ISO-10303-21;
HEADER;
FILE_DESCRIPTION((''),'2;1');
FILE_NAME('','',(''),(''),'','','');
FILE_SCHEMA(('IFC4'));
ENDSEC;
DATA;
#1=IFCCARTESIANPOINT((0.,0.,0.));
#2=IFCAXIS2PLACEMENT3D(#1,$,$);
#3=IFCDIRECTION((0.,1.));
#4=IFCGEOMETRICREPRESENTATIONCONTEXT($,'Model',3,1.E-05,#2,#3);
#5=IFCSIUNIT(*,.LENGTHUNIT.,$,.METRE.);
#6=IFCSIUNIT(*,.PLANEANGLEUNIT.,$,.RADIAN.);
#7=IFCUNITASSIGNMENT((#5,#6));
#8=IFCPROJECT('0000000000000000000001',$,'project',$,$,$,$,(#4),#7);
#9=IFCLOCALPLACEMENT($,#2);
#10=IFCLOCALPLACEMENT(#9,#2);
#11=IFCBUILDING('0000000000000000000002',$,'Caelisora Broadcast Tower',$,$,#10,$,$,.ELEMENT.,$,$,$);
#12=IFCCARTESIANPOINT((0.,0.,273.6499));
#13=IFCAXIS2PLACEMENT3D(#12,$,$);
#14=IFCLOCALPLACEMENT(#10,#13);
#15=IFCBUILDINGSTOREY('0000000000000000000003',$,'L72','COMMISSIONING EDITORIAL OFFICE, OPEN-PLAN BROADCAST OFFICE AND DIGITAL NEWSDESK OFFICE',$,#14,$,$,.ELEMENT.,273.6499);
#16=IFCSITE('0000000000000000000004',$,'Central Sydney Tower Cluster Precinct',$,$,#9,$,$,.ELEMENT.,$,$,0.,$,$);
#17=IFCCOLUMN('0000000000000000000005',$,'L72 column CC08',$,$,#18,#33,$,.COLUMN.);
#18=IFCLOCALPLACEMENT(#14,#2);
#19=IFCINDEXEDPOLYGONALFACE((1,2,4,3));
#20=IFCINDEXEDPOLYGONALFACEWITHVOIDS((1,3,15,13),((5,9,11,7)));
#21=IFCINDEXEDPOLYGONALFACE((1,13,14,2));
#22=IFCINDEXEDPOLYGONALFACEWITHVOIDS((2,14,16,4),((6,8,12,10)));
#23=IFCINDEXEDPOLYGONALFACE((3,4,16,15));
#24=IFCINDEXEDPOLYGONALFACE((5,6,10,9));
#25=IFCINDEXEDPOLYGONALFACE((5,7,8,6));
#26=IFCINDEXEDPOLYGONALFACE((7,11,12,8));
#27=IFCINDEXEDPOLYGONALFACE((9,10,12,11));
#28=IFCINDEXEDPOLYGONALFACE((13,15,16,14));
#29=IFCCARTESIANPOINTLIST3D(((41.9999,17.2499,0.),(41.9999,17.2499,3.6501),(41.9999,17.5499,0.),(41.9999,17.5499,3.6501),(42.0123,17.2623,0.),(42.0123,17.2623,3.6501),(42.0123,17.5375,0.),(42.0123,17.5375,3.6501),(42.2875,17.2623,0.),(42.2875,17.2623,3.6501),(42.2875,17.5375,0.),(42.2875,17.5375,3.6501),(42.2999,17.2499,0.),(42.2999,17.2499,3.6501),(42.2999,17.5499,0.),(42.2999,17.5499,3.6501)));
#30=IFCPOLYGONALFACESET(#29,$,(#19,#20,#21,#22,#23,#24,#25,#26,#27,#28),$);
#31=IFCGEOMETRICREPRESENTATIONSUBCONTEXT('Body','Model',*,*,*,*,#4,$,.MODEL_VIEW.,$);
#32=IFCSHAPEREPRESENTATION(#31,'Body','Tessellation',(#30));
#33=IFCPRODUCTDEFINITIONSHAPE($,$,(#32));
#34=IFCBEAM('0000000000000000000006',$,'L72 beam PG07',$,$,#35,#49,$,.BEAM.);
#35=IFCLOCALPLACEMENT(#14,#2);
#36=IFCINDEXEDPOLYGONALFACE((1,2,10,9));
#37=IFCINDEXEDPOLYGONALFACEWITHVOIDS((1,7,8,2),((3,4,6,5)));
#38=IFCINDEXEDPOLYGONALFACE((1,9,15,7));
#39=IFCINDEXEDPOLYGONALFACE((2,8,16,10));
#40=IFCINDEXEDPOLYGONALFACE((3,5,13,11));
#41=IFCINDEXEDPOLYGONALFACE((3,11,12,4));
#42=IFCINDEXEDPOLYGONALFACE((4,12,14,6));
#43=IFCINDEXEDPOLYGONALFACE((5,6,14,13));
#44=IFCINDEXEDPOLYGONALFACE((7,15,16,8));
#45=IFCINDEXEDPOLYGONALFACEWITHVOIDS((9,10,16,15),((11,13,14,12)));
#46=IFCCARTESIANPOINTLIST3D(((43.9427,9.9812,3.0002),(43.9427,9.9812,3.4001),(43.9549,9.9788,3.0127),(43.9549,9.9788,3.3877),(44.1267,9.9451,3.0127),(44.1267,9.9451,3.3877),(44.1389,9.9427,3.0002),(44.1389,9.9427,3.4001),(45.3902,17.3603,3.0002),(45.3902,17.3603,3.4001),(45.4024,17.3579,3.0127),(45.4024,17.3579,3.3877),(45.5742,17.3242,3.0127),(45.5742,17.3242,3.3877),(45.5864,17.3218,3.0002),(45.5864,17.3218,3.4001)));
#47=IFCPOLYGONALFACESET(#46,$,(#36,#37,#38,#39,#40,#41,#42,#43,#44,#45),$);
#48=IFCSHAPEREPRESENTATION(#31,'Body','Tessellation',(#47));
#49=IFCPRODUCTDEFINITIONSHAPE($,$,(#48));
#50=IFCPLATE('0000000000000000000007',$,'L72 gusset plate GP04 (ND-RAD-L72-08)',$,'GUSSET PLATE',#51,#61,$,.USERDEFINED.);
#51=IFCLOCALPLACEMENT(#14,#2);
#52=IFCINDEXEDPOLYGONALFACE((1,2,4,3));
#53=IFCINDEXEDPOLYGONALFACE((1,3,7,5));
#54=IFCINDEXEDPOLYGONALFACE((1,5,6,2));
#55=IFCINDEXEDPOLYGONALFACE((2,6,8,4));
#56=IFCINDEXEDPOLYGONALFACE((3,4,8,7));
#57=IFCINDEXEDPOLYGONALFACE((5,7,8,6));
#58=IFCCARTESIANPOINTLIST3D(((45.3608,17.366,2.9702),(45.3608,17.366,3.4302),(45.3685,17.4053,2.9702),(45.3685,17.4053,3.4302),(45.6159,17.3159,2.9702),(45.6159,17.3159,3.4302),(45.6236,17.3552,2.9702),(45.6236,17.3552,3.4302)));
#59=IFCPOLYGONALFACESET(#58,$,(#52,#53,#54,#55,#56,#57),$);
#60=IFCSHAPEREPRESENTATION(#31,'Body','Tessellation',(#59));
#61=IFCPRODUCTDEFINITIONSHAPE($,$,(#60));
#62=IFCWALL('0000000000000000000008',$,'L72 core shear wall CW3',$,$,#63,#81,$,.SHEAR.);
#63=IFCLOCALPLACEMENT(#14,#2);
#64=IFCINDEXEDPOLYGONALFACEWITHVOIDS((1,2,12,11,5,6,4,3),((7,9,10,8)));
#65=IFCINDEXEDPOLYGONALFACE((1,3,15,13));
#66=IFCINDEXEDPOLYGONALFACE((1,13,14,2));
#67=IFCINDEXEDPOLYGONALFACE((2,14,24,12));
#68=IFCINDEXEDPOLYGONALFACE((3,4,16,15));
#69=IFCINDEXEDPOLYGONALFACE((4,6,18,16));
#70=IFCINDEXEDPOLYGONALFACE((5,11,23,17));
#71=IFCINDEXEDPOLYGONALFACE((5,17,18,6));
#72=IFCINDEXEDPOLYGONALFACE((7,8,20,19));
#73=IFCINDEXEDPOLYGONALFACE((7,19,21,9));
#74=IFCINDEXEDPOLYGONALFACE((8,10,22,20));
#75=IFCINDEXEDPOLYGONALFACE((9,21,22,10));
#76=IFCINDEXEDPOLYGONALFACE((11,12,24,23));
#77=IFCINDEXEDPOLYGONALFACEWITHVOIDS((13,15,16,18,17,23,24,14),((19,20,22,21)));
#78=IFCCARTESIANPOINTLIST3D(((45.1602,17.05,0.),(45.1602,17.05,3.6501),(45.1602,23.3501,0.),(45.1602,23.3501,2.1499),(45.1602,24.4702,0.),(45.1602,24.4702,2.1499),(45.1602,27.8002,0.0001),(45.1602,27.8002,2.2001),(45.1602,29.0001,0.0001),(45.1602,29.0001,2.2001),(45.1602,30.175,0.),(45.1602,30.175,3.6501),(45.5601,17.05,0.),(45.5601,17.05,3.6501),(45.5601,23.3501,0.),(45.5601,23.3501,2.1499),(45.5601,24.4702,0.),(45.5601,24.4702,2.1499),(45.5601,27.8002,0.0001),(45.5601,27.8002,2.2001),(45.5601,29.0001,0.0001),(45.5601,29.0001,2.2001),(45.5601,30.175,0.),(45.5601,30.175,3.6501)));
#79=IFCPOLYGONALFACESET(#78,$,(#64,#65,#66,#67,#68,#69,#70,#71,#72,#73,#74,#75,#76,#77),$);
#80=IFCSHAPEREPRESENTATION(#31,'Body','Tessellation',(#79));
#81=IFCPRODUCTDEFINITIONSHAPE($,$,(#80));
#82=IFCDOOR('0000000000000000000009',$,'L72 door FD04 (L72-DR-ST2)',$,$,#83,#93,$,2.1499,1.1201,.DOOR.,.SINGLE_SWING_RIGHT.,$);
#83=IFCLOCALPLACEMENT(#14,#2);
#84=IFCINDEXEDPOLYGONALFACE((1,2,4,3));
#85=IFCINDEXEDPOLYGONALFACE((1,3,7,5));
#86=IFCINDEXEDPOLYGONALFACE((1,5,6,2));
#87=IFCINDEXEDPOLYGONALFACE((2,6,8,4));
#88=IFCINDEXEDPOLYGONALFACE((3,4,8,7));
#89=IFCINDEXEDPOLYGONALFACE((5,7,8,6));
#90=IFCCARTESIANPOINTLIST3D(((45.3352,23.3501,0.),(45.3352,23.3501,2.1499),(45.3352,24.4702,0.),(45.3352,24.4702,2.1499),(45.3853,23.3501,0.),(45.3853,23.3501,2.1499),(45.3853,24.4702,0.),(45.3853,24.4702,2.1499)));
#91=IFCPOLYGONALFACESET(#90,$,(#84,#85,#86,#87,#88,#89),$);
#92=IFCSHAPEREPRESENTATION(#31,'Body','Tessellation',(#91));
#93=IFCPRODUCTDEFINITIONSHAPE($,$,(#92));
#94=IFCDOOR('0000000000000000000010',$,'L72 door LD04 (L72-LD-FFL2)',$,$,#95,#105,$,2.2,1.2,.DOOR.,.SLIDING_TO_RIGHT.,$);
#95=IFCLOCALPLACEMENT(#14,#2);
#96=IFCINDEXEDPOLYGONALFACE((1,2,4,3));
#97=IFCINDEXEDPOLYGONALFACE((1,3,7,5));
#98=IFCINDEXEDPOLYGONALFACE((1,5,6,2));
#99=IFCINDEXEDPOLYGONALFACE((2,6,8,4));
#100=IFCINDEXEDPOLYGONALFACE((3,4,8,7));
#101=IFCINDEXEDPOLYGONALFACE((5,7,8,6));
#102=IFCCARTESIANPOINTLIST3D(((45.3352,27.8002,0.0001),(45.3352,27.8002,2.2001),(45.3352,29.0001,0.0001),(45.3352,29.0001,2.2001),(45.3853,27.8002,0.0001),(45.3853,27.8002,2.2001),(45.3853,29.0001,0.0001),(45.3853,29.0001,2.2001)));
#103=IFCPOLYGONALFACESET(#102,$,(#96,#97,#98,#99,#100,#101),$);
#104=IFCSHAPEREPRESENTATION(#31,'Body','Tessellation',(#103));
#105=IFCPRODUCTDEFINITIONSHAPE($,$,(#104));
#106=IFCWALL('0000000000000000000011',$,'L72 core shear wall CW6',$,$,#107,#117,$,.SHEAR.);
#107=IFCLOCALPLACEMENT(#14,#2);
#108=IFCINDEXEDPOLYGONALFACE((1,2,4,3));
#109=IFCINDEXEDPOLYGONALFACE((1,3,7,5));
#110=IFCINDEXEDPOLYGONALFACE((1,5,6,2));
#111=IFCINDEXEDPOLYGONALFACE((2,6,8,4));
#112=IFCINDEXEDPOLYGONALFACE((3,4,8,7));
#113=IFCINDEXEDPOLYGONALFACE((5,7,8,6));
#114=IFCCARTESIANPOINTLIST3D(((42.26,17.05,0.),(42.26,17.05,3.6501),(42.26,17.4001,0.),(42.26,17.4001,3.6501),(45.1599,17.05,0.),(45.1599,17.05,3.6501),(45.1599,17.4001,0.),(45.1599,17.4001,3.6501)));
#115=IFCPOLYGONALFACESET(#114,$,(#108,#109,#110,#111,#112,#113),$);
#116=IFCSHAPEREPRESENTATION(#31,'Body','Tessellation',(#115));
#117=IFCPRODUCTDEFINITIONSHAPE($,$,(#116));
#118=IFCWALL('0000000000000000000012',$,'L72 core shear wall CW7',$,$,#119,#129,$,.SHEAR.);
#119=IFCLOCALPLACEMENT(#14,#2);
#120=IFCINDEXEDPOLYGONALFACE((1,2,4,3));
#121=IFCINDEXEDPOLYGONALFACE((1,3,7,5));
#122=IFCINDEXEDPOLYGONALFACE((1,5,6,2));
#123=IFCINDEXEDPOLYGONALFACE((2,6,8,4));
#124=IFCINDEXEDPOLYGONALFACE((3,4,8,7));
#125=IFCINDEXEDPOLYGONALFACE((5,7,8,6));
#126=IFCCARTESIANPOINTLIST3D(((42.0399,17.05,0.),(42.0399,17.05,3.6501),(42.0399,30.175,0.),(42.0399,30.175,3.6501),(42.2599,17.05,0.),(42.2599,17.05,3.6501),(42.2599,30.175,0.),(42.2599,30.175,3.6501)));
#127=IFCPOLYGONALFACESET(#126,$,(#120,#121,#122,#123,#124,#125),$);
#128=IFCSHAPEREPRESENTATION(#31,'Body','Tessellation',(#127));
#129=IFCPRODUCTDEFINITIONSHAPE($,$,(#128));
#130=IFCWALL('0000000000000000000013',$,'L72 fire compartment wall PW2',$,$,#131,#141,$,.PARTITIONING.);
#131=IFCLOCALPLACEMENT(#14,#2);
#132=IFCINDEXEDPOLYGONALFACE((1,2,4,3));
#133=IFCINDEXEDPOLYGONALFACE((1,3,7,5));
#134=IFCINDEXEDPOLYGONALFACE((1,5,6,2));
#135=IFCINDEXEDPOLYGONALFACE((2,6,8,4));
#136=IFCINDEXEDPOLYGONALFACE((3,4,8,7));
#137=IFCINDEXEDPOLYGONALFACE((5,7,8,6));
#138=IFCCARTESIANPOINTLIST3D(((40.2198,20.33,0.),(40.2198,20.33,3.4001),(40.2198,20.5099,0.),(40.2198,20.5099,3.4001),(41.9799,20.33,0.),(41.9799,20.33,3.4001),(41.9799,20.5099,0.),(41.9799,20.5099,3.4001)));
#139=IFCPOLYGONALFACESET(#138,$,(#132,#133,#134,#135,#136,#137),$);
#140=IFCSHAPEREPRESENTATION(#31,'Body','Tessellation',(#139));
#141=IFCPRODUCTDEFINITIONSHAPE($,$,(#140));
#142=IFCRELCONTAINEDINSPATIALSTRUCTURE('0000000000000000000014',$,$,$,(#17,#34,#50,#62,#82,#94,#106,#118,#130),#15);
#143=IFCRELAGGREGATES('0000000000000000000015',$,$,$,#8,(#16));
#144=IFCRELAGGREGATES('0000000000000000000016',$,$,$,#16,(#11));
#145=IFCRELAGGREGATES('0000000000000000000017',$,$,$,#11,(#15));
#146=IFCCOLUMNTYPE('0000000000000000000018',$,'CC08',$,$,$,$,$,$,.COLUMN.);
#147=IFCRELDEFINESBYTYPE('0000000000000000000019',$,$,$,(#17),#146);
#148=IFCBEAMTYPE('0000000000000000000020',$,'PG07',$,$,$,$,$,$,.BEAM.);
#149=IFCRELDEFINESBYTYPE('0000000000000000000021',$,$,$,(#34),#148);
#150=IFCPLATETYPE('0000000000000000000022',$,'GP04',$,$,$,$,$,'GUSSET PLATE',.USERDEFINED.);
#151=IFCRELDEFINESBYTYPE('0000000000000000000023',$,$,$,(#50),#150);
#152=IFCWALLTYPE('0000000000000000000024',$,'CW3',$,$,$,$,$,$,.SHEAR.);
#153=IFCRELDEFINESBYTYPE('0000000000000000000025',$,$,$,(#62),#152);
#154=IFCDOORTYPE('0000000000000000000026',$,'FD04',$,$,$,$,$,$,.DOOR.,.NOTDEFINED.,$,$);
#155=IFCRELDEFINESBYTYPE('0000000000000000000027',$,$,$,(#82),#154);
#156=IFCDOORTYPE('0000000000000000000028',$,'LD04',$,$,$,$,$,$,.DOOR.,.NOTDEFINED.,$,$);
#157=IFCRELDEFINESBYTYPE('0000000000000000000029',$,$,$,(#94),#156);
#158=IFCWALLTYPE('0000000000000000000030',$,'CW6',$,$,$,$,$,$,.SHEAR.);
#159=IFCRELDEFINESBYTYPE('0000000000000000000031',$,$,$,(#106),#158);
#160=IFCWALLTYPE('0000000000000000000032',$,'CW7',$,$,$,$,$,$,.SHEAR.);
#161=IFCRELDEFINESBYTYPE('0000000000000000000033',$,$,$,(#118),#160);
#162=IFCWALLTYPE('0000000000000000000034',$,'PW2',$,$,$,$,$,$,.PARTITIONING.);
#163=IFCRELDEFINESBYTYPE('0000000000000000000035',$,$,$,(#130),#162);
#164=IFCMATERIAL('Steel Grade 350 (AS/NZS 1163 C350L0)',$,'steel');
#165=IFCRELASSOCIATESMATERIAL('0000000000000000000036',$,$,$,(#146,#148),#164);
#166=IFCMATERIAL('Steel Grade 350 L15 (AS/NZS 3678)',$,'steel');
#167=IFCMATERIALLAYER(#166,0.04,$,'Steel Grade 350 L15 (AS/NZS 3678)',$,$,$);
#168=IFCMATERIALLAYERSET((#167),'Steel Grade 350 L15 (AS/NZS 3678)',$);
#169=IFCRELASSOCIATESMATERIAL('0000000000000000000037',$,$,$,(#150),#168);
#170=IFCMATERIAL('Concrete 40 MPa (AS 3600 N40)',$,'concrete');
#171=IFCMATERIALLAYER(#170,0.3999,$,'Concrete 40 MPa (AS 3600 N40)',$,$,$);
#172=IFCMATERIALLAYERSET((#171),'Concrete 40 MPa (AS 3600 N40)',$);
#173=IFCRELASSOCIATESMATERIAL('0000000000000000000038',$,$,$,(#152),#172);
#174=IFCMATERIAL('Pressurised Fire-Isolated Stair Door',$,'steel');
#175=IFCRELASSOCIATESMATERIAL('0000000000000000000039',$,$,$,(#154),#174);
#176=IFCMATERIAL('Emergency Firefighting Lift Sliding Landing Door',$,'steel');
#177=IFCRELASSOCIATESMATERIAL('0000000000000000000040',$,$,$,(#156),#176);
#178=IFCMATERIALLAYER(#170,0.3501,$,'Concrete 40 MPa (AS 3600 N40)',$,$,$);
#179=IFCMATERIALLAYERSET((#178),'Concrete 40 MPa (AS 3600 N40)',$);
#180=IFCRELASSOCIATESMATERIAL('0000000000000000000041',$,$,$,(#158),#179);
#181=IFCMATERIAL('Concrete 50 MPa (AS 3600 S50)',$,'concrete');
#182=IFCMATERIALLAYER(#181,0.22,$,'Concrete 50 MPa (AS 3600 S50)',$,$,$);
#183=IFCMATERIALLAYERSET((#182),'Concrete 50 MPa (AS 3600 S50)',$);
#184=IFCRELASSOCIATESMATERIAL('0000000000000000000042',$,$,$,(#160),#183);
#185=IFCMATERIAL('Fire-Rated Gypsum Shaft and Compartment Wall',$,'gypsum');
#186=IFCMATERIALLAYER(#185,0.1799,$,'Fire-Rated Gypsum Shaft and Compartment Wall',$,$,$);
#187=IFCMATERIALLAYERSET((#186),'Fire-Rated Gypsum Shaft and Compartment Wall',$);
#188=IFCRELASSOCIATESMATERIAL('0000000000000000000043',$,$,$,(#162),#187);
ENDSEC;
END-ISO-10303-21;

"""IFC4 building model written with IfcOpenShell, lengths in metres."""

from ifc_helpers import new_model, si_unit, direction, frame, frame_2d, origin, origin_2d, place, context, subcontext, project, spatial, rectangle, hollow_rectangle, extrude, source, transform, mapped, material, layer, layer_set, material_profile, profile_set, type_object, type_shapes, element, fill, save


model = new_model("IFC4")

# Units and contexts
model_context = context("Model", 3, precision=1e-05, world=origin(), true_north=direction((0.0, 1.0)))
body_context = subcontext(model_context, "Body", "Model", "MODEL_VIEW")
ifc_project = project(units=[si_unit("LENGTHUNIT", "METRE"), si_unit("PLANEANGLEUNIT", "RADIAN")], contexts=[model_context])

# Site, building, storey
site_placement = place(None, origin())
site = spatial("IfcSite", under=ifc_project, at=site_placement, Name="Central Sydney Tower Cluster Precinct", CompositionType="ELEMENT", RefElevation=0.0)
building_placement = place(site_placement, origin())
building = spatial("IfcBuilding", under=site, at=building_placement, Name="Caelisora Broadcast Tower", CompositionType="ELEMENT")
storey_placement = place(building_placement, frame((0.0, 0.0, 273.6499)))
storey = spatial("IfcBuildingStorey", under=building, at=storey_placement, Name="L72", Description="COMMISSIONING EDITORIAL OFFICE, OPEN-PLAN BROADCAST OFFICE AND DIGITAL NEWSDESK OFFICE", CompositionType="ELEMENT", Elevation=273.6499)

# Column
ifc_material_1 = material(Name="Steel Grade 350 (AS/NZS 1163 C350L0)", Category="steel")
ifc_material_profile_1 = material_profile(ifc_material_1, hollow_rectangle(XDim=0.3, YDim=0.3, WallThickness=0.0125, at=origin_2d()), Name="Steel Grade 350 (AS/NZS 1163 C350L0)")
ifc_profile_set_1 = profile_set([ifc_material_profile_1], Name="Steel Grade 350 (AS/NZS 1163 C350L0)")
column_type = type_object("IfcColumnType", Name="CC08", PredefinedType="COLUMN", material=ifc_profile_set_1)
shared_shape_1 = source(origin(), body_context, "Body", "SweptSolid", [
    extrude(hollow_rectangle(XDim=0.3, YDim=0.3, WallThickness=0.0125, at=origin_2d()), origin(), (0.0, 0.0, 1.0), 3.6501),
])
type_shapes(column_type, [shared_shape_1])
column_placement = place(storey_placement, frame((42.1499, 17.3999, 0.0), z_axis=(0.0, 0.0, 1.0), x_axis=(1.0, 0.0, 0.0)))
element("IfcColumn", 1, at=column_placement, inside=storey, type_object=column_type, Name="L72 column CC08", PredefinedType="COLUMN", context=body_context, shape_type="MappedRepresentation", body=[
    mapped(shared_shape_1, transform((0.0, 0.0, 0.0), scale=1.0)),
])

# Beam
ifc_material_profile_2 = material_profile(ifc_material_1, hollow_rectangle(XDim=0.2, YDim=0.3999, WallThickness=0.0125, at=origin_2d()), Name="Steel Grade 350 (AS/NZS 1163 C350L0)")
ifc_profile_set_2 = profile_set([ifc_material_profile_2], Name="Steel Grade 350 (AS/NZS 1163 C350L0)")
beam_type = type_object("IfcBeamType", Name="PG07", PredefinedType="BEAM", material=ifc_profile_set_2)
shared_shape_2 = source(origin(), body_context, "Body", "SweptSolid", [
    extrude(hollow_rectangle(XDim=0.2, YDim=0.3999, WallThickness=0.0125, at=origin_2d()), origin(), (0.0, 0.0, 1.0), 7.5198),
])
type_shapes(beam_type, [shared_shape_2])
beam_placement = place(storey_placement, frame((45.4883, 17.3411, 3.2002), z_axis=(-0.192494, -0.981298, 0.0), x_axis=(0.981298, -0.192494, 0.0)))
element("IfcBeam", 2, at=beam_placement, inside=storey, type_object=beam_type, Name="L72 beam PG07", PredefinedType="BEAM", context=body_context, shape_type="MappedRepresentation", body=[
    mapped(shared_shape_2, transform((0.0, 0.0, 0.0), scale=1.0)),
])

# Plate
ifc_material_2 = material(Name="Steel Grade 350 L15 (AS/NZS 3678)", Category="steel")
ifc_layer_1 = layer(ifc_material_2, 0.04, Name="Steel Grade 350 L15 (AS/NZS 3678)")
ifc_layer_set_1 = layer_set([ifc_layer_1], Name="Steel Grade 350 L15 (AS/NZS 3678)")
plate_type = type_object("IfcPlateType", Name="GP04", ElementType="GUSSET PLATE", PredefinedType="USERDEFINED", material=ifc_layer_set_1)
shared_shape_3 = source(origin(), body_context, "Body", "SweptSolid", [
    extrude(rectangle(XDim=0.26, YDim=0.04, at=origin_2d()), origin(), (0.0, 0.0, 1.0), 0.46),
])
type_shapes(plate_type, [shared_shape_3])
plate_placement = place(storey_placement, frame((45.4922, 17.3606, 2.9702), z_axis=(0.0, 0.0, 1.0), x_axis=(0.981293, -0.192522, 0.0)))
element("IfcPlate", 3, at=plate_placement, inside=storey, type_object=plate_type, Name="L72 gusset plate GP04 (ND-RAD-L72-08)", ObjectType="GUSSET PLATE", PredefinedType="USERDEFINED", context=body_context, shape_type="MappedRepresentation", body=[
    mapped(shared_shape_3, transform((0.0, 0.0, 0.0), scale=1.0)),
])

# Wall, openings, doors
ifc_material_3 = material(Name="Concrete 40 MPa (AS 3600 N40)", Category="concrete")
ifc_layer_2 = layer(ifc_material_3, 0.3999, Name="Concrete 40 MPa (AS 3600 N40)")
ifc_layer_set_2 = layer_set([ifc_layer_2], Name="Concrete 40 MPa (AS 3600 N40)")
wall_type_1 = type_object("IfcWallType", Name="CW3", PredefinedType="SHEAR", material=ifc_layer_set_2)
wall_1_placement = place(storey_placement, frame((45.3601, 17.05, 0.0), z_axis=(0.0, 0.0, 1.0), x_axis=(0.0, 1.0, 0.0)))
wall_1 = element("IfcWall", 4, at=wall_1_placement, inside=storey, type_object=wall_type_1, Name="L72 core shear wall CW3", PredefinedType="SHEAR", context=body_context, shape_type="SweptSolid", body=[
    extrude(rectangle(XDim=13.125, YDim=0.3999, at=frame_2d((6.5625, 0.0))), origin(), (0.0, 0.0, 1.0), 3.6501),
])
opening_1_placement = place(wall_1_placement, frame((6.3, 0.0, 0.0)))
opening_1 = element("IfcOpeningElement", 5, at=opening_1_placement, cuts=wall_1, PredefinedType="OPENING", context=body_context, shape_type="SweptSolid", body=[
    extrude(rectangle(XDim=1.1201, YDim=2.1499, at=frame_2d((0.5601, 1.075))), frame((0.0, 0.2119, 0.0), z_axis=(0.0, -1.0, 0.0), x_axis=(1.0, 0.0, 0.0)), (0.0, 0.0, 1.0), 0.4238),
])
opening_2_placement = place(wall_1_placement, frame((10.75, 0.0, 0.0)))
opening_2 = element("IfcOpeningElement", 6, at=opening_2_placement, cuts=wall_1, PredefinedType="OPENING", context=body_context, shape_type="SweptSolid", body=[
    extrude(rectangle(XDim=1.2, YDim=2.2, at=frame_2d((0.6001, 1.1001))), frame((0.0, 0.2119, 0.0), z_axis=(0.0, -1.0, 0.0), x_axis=(1.0, 0.0, 0.0)), (0.0, 0.0, 1.0), 0.4238),
])
ifc_material_4 = material(Name="Pressurised Fire-Isolated Stair Door", Category="steel")
door_type_1 = type_object("IfcDoorType", Name="FD04", OperationType="NOTDEFINED", PredefinedType="DOOR", material=ifc_material_4)
door_1_placement = place(opening_1_placement, origin())
door_1 = element("IfcDoor", 7, at=door_1_placement, inside=storey, type_object=door_type_1, Name="L72 door FD04 (L72-DR-ST2)", OperationType="SINGLE_SWING_RIGHT", OverallHeight=2.1499, OverallWidth=1.1201, PredefinedType="DOOR", context=body_context, shape_type="SweptSolid", body=[
    extrude(rectangle(XDim=1.1201, YDim=2.1499, at=frame_2d((0.5601, 1.075))), frame((0.0, 0.0249, 0.0), z_axis=(0.0, -1.0, 0.0), x_axis=(1.0, 0.0, 0.0)), (0.0, 0.0, 1.0), 0.05),
])
fill(opening_1, door_1)
ifc_material_5 = material(Name="Emergency Firefighting Lift Sliding Landing Door", Category="steel")
door_type_2 = type_object("IfcDoorType", Name="LD04", OperationType="NOTDEFINED", PredefinedType="DOOR", material=ifc_material_5)
door_2_placement = place(opening_2_placement, origin())
door_2 = element("IfcDoor", 8, at=door_2_placement, inside=storey, type_object=door_type_2, Name="L72 door LD04 (L72-LD-FFL2)", OperationType="SLIDING_TO_RIGHT", OverallHeight=2.2, OverallWidth=1.2, PredefinedType="DOOR", context=body_context, shape_type="SweptSolid", body=[
    extrude(rectangle(XDim=1.2, YDim=2.2, at=frame_2d((0.6001, 1.1001))), frame((0.0, 0.0249, 0.0), z_axis=(0.0, -1.0, 0.0), x_axis=(1.0, 0.0, 0.0)), (0.0, 0.0, 1.0), 0.05),
])
fill(opening_2, door_2)

# Walls
ifc_layer_3 = layer(ifc_material_3, 0.3501, Name="Concrete 40 MPa (AS 3600 N40)")
ifc_layer_set_3 = layer_set([ifc_layer_3], Name="Concrete 40 MPa (AS 3600 N40)")
wall_type_2 = type_object("IfcWallType", Name="CW6", PredefinedType="SHEAR", material=ifc_layer_set_3)
wall_2_placement = place(storey_placement, frame((42.26, 17.2251, 0.0), z_axis=(0.0, 0.0, 1.0), x_axis=(1.0, 0.0, 0.0)))
element("IfcWall", 9, at=wall_2_placement, inside=storey, type_object=wall_type_2, Name="L72 core shear wall CW6", PredefinedType="SHEAR", context=body_context, shape_type="SweptSolid", body=[
    extrude(rectangle(XDim=2.8999, YDim=0.3501, at=frame_2d((1.45, 0.0))), origin(), (0.0, 0.0, 1.0), 3.6501),
])
ifc_material_6 = material(Name="Concrete 50 MPa (AS 3600 S50)", Category="concrete")
ifc_layer_4 = layer(ifc_material_6, 0.22, Name="Concrete 50 MPa (AS 3600 S50)")
ifc_layer_set_4 = layer_set([ifc_layer_4], Name="Concrete 50 MPa (AS 3600 S50)")
wall_type_3 = type_object("IfcWallType", Name="CW7", PredefinedType="SHEAR", material=ifc_layer_set_4)
wall_3_placement = place(storey_placement, frame((42.1499, 17.05, 0.0), z_axis=(0.0, 0.0, 1.0), x_axis=(0.0, 1.0, 0.0)))
element("IfcWall", 10, at=wall_3_placement, inside=storey, type_object=wall_type_3, Name="L72 core shear wall CW7", PredefinedType="SHEAR", context=body_context, shape_type="SweptSolid", body=[
    extrude(rectangle(XDim=13.125, YDim=0.22, at=frame_2d((6.5625, 0.0))), origin(), (0.0, 0.0, 1.0), 3.6501),
])
ifc_material_7 = material(Name="Fire-Rated Gypsum Shaft and Compartment Wall", Category="gypsum")
ifc_layer_5 = layer(ifc_material_7, 0.1799, Name="Fire-Rated Gypsum Shaft and Compartment Wall")
ifc_layer_set_5 = layer_set([ifc_layer_5], Name="Fire-Rated Gypsum Shaft and Compartment Wall")
wall_type_4 = type_object("IfcWallType", Name="PW2", PredefinedType="PARTITIONING", material=ifc_layer_set_5)
wall_4_placement = place(storey_placement, frame((40.22, 20.4199, 0.0), z_axis=(0.0, 0.0, 1.0), x_axis=(1.0, 0.0, 0.0)))
element("IfcWall", 11, at=wall_4_placement, inside=storey, type_object=wall_type_4, Name="L72 fire compartment wall PW2", PredefinedType="PARTITIONING", context=body_context, shape_type="SweptSolid", body=[
    extrude(rectangle(XDim=1.76, YDim=0.1799, at=frame_2d((0.8799, 0.0))), origin(), (0.0, 0.0, 1.0), 3.4001),
])

save(model, "model.ifc")
